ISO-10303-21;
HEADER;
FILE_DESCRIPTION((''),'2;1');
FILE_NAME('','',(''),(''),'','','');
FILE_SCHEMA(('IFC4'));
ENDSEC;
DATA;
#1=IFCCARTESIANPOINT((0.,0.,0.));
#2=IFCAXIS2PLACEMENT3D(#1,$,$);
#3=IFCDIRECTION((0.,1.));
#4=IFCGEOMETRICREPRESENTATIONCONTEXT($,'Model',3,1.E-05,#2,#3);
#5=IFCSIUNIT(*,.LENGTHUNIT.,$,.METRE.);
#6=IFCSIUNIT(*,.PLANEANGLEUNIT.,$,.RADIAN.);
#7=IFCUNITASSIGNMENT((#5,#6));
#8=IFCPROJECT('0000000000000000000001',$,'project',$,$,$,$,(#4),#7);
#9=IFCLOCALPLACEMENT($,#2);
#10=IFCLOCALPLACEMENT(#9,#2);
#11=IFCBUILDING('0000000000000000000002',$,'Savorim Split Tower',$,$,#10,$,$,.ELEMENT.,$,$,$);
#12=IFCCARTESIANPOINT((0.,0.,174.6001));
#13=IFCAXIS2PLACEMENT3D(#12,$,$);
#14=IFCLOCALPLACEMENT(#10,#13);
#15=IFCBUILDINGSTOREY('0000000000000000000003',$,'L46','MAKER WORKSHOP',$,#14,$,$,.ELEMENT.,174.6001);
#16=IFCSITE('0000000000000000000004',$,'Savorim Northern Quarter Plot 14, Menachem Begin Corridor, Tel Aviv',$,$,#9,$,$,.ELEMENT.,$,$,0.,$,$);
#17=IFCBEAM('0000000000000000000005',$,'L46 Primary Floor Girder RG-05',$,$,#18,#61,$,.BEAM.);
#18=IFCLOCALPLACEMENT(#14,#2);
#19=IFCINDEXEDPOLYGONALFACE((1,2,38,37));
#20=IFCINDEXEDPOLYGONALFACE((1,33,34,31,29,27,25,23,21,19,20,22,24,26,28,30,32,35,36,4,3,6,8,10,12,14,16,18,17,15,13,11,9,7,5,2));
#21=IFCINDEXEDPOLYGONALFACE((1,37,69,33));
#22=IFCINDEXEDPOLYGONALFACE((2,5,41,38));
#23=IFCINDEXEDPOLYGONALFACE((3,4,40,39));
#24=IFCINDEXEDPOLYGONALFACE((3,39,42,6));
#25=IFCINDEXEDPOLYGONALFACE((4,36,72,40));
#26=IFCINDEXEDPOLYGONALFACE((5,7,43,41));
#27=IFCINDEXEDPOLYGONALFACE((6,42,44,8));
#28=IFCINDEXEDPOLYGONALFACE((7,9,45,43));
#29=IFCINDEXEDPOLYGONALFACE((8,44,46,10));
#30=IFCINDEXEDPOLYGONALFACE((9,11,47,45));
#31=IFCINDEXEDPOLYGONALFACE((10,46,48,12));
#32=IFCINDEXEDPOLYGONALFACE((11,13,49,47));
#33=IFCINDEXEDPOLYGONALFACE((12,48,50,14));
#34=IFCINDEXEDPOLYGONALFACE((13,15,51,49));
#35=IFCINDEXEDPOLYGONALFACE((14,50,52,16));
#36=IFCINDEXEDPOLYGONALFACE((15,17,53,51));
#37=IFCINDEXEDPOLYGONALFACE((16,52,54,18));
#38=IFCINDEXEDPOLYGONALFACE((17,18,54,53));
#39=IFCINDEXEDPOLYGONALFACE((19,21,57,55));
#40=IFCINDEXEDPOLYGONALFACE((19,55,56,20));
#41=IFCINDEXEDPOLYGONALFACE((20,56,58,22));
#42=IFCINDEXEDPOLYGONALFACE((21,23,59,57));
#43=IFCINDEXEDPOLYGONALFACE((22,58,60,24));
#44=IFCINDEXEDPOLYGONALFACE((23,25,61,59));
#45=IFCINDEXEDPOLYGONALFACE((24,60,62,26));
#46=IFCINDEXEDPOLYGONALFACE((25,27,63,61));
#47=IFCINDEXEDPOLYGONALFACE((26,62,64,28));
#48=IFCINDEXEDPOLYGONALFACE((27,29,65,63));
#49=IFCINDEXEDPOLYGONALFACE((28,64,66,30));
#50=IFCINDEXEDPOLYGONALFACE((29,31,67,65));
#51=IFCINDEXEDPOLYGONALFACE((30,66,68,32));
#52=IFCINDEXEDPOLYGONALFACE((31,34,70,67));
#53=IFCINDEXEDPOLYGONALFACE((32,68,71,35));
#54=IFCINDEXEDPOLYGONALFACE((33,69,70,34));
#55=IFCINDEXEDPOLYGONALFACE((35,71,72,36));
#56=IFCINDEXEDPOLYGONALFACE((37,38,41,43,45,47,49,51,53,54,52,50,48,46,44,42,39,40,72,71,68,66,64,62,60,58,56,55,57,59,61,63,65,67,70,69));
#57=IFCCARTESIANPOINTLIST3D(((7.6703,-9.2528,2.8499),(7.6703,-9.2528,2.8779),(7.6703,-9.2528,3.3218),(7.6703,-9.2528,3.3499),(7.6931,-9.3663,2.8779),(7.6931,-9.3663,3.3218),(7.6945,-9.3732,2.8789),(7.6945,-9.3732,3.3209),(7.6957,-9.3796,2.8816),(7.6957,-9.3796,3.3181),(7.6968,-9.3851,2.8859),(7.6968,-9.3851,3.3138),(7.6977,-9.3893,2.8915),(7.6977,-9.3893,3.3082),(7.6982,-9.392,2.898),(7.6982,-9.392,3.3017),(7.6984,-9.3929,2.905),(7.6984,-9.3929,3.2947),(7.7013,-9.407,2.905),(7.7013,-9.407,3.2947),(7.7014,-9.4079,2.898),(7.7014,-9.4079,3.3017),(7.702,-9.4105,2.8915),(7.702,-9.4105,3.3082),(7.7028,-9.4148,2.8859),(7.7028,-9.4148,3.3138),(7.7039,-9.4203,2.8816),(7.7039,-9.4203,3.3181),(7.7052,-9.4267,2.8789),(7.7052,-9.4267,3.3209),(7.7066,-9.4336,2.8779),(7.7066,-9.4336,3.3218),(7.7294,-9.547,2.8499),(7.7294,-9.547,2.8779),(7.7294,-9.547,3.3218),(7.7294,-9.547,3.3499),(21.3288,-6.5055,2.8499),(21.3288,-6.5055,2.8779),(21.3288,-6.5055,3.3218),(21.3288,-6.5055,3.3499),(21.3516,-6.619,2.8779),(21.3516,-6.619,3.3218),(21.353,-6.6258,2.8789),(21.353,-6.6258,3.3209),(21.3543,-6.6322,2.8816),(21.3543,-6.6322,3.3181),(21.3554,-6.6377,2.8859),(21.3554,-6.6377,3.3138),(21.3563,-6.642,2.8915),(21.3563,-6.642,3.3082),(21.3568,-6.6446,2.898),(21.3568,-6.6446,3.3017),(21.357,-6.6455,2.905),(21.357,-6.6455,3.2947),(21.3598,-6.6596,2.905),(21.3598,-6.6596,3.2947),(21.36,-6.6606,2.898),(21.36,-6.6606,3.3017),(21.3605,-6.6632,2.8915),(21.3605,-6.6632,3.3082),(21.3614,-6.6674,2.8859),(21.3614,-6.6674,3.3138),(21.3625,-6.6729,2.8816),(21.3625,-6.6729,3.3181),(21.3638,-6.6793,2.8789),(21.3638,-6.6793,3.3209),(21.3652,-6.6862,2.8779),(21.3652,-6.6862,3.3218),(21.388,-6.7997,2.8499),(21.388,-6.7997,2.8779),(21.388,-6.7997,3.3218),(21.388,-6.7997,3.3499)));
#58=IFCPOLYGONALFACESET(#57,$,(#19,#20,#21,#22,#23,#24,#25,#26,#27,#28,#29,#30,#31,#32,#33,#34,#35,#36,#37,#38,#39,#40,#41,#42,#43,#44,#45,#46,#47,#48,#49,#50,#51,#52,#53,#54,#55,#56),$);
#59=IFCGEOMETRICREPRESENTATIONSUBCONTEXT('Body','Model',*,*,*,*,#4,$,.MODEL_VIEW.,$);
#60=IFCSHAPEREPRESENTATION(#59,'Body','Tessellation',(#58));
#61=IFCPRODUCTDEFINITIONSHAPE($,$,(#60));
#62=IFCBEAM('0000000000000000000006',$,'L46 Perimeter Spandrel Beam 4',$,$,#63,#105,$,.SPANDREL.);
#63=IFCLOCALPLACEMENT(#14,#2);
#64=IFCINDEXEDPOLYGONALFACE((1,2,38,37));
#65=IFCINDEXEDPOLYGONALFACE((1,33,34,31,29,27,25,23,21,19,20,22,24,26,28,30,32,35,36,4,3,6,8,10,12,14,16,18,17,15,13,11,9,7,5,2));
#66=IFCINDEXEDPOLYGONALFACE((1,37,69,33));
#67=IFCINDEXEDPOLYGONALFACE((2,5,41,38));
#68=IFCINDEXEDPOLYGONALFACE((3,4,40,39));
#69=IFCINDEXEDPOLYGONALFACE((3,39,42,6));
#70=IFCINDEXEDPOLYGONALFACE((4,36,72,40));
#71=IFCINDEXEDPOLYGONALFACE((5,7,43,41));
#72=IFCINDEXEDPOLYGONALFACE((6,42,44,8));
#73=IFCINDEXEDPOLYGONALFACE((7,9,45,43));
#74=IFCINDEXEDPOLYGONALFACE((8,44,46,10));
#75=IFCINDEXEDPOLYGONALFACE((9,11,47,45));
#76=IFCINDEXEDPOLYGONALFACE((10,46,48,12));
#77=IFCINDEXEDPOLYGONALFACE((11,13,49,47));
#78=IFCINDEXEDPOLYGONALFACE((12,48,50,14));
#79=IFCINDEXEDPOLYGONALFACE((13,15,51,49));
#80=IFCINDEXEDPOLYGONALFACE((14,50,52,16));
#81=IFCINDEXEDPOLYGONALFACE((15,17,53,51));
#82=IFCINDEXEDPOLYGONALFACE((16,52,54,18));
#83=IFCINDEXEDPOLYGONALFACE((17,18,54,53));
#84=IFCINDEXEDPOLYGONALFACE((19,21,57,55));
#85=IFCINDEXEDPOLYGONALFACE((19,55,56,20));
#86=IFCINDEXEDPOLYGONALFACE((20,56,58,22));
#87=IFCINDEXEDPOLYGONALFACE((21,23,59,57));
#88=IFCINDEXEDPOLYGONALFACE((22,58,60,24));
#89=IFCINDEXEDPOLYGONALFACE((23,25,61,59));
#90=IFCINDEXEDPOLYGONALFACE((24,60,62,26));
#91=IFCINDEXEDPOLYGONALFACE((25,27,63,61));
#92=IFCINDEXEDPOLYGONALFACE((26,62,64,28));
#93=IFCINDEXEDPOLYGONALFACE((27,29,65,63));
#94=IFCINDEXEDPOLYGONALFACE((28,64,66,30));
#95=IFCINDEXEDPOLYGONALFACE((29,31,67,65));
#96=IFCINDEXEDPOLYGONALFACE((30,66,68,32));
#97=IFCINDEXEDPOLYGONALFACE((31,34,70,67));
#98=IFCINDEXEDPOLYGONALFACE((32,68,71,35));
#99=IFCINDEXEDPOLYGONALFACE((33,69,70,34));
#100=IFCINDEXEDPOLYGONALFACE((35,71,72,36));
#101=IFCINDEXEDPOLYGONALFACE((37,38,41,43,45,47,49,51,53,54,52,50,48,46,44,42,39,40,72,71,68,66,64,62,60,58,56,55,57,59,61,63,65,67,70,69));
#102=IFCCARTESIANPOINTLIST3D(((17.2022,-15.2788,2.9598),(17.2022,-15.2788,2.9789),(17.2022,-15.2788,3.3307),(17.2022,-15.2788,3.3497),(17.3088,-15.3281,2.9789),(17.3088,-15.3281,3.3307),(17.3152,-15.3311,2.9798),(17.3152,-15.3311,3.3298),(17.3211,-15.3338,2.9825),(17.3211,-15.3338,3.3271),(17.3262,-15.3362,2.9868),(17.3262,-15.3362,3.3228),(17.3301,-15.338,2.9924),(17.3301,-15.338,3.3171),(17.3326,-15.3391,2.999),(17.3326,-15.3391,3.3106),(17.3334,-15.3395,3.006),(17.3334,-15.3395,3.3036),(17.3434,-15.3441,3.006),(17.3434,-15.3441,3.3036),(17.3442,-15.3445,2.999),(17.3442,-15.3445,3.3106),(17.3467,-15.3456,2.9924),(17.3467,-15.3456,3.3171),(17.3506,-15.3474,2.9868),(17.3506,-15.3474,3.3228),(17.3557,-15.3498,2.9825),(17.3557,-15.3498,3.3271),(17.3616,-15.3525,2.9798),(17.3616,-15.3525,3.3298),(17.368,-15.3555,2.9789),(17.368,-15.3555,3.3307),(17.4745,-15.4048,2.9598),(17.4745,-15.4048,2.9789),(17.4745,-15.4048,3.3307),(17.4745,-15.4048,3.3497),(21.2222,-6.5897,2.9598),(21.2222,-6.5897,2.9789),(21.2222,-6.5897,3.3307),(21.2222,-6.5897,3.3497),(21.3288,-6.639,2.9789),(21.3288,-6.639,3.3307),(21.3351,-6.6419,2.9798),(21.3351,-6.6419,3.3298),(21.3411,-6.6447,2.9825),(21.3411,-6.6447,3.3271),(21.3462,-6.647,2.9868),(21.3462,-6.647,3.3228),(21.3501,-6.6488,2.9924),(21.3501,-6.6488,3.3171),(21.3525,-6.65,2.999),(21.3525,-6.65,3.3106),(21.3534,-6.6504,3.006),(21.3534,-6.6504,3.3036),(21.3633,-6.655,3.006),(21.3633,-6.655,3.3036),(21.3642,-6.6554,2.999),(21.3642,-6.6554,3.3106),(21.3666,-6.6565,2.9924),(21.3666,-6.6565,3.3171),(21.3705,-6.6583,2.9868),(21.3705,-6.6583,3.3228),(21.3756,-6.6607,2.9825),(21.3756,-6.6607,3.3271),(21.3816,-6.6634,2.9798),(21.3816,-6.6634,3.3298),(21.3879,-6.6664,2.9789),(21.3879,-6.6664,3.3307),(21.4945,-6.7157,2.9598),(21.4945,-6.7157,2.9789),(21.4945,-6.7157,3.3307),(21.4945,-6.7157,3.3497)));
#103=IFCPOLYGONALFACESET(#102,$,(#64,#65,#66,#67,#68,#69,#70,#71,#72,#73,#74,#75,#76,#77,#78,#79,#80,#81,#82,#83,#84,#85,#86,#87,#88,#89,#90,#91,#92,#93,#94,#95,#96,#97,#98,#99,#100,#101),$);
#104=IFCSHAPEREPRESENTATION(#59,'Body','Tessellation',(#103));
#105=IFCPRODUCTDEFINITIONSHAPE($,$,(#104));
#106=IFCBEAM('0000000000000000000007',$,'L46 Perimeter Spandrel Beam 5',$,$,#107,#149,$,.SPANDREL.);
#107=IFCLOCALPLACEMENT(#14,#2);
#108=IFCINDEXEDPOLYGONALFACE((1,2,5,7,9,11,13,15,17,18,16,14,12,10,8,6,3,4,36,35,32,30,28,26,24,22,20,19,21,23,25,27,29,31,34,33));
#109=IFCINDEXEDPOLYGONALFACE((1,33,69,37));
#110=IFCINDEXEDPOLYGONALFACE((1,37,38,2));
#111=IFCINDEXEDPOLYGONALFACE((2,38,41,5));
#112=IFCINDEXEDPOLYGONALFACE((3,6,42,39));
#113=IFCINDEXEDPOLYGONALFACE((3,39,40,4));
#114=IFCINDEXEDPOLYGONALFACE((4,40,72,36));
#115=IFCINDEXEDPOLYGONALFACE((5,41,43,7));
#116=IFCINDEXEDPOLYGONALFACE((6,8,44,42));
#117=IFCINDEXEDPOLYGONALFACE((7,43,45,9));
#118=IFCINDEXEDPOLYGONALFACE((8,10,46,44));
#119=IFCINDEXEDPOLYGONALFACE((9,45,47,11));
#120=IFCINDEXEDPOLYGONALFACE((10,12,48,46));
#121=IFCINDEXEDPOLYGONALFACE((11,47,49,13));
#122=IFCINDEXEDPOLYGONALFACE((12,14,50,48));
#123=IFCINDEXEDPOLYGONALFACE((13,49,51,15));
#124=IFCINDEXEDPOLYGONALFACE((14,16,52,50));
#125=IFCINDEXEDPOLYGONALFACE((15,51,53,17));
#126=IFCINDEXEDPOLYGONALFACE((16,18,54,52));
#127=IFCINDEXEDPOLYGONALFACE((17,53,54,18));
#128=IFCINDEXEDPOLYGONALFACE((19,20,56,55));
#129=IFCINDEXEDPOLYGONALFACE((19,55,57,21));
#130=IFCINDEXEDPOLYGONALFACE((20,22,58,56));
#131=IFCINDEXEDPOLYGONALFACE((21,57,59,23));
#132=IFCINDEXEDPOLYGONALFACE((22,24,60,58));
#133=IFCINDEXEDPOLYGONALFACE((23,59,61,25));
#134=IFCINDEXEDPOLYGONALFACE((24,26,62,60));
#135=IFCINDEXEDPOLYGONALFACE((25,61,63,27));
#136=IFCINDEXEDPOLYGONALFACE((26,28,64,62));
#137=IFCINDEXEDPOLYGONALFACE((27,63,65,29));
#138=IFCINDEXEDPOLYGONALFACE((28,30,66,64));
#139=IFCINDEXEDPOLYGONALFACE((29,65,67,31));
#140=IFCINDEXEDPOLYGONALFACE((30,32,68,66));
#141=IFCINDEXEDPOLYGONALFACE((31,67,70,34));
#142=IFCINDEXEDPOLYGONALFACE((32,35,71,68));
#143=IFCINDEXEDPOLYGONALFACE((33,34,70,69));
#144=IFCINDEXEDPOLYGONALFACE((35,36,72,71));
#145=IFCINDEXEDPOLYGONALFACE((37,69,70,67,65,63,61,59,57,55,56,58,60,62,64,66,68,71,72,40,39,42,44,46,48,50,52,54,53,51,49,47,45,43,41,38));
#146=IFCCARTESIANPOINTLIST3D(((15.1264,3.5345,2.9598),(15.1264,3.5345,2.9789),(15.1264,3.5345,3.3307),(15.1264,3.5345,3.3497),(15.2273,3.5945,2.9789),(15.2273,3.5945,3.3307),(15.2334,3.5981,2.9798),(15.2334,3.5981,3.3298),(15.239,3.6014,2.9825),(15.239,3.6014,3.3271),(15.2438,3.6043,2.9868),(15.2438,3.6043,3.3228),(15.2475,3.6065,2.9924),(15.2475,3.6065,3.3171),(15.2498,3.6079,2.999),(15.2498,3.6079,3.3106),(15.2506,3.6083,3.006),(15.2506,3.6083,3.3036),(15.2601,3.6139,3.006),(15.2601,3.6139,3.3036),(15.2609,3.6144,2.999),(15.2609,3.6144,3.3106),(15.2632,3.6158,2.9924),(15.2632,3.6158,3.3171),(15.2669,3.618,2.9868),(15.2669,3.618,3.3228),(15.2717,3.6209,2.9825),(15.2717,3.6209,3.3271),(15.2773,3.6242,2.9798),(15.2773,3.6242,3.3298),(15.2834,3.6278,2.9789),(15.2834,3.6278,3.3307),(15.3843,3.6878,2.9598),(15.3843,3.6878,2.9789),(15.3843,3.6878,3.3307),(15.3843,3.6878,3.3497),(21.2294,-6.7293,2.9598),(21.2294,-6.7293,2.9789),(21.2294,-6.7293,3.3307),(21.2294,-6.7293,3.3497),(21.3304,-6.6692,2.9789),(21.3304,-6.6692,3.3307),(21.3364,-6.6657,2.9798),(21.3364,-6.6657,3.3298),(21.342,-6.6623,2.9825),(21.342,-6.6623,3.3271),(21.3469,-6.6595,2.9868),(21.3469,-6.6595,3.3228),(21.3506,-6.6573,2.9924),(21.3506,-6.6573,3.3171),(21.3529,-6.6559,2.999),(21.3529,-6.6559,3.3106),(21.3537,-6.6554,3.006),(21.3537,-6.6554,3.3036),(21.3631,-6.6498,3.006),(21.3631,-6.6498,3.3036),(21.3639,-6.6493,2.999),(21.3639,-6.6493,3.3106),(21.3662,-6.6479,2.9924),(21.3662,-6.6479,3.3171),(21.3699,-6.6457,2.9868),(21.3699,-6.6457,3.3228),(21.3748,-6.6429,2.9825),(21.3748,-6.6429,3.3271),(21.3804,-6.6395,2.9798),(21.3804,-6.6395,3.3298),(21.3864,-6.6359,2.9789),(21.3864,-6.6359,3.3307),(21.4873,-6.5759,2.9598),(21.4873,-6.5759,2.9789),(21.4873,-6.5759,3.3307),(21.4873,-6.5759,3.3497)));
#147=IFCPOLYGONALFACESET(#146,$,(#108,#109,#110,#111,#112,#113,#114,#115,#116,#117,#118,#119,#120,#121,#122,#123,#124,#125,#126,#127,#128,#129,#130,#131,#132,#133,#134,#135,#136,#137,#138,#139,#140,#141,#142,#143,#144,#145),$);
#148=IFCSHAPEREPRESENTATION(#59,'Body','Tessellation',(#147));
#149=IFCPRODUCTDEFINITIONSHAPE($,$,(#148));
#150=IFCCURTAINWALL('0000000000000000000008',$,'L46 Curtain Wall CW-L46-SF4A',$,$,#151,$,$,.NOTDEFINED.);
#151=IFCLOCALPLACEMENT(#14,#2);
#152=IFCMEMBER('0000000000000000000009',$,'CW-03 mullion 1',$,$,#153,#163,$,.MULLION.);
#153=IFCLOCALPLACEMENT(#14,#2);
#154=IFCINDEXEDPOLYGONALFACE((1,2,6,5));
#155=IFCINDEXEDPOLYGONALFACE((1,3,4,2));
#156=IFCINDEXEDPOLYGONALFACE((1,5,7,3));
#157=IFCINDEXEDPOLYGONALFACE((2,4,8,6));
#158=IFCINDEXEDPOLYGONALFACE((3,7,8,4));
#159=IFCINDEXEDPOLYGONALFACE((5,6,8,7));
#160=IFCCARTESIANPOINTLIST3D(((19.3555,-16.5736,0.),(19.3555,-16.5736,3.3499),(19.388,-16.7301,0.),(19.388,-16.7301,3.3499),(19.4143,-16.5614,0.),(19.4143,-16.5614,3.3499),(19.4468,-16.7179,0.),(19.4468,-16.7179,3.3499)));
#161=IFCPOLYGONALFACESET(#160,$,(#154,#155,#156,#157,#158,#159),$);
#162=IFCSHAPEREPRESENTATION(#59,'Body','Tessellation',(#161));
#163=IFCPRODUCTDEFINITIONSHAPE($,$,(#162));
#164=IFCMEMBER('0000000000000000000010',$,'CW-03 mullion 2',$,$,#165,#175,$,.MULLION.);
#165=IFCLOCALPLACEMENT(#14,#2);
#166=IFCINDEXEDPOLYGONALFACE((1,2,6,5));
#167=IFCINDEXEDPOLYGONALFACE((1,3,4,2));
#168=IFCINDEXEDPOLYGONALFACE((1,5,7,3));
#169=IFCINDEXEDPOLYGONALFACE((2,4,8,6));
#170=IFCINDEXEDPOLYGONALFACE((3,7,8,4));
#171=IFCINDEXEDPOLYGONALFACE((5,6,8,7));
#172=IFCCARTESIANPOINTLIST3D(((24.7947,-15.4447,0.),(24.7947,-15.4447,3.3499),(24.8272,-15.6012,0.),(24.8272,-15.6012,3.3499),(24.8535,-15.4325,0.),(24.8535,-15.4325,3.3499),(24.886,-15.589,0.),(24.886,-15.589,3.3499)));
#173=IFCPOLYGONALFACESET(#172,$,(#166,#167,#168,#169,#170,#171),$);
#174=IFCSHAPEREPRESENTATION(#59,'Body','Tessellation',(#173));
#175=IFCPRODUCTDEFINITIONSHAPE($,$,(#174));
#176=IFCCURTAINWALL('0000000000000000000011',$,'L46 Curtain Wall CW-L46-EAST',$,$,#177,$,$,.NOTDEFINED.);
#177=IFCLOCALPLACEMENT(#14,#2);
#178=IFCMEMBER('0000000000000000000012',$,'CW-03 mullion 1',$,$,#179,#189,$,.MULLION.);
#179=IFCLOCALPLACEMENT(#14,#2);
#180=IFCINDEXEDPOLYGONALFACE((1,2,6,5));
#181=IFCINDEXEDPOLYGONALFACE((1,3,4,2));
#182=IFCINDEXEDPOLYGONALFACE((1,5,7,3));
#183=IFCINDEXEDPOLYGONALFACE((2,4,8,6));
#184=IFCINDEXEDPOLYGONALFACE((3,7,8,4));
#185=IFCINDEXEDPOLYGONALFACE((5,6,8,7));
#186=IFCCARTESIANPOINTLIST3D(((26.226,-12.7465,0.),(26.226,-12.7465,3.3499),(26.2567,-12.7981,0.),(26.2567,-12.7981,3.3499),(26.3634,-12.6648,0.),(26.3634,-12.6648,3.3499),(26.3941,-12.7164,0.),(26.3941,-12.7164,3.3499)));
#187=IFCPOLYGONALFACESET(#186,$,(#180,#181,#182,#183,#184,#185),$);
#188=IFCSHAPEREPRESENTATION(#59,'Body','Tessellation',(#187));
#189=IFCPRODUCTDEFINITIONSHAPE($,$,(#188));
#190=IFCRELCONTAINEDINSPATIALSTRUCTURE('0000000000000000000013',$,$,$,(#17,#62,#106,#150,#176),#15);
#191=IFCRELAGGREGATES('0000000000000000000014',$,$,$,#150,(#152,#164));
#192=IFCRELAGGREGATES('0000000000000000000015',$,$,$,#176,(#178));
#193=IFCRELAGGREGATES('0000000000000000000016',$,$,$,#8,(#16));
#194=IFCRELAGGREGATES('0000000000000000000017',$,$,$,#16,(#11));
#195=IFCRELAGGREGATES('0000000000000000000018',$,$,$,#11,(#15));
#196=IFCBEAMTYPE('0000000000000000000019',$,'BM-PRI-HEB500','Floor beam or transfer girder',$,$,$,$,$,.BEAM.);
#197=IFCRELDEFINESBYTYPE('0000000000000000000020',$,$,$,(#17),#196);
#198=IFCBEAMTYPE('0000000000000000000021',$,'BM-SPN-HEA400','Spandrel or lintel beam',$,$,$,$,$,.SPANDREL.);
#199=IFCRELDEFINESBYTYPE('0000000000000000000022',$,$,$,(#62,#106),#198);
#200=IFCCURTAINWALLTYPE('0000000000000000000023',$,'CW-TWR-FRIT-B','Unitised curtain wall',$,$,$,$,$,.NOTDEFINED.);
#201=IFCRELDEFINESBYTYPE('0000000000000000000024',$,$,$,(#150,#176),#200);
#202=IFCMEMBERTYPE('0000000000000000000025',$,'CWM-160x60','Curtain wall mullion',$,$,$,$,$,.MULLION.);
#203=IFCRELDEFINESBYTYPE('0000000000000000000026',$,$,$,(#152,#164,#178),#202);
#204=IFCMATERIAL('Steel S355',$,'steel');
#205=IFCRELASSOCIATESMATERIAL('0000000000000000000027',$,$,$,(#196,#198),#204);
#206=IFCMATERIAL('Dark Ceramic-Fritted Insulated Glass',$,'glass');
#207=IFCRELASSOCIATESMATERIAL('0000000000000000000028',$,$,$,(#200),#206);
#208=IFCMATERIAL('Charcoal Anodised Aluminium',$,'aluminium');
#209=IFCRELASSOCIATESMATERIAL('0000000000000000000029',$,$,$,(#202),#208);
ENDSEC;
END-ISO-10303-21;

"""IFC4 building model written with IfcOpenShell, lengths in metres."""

from ifc_helpers import new_model, si_unit, direction, frame, origin, origin_2d, place, context, subcontext, project, spatial, rectangle, i_section, extrude, material, material_profile, profile_set, type_object, element, aggregate, save


model = new_model("IFC4")

# Units and contexts
model_context = context("Model", 3, precision=1e-05, world=origin(), true_north=direction((0.0, 1.0)))
body_context = subcontext(model_context, "Body", "Model", "MODEL_VIEW")
ifc_project = project(units=[si_unit("LENGTHUNIT", "METRE"), si_unit("PLANEANGLEUNIT", "RADIAN")], contexts=[model_context])

# Site, building, storey
site_placement = place(None, origin())
site = spatial("IfcSite", under=ifc_project, at=site_placement, Name="Savorim Northern Quarter Plot 14, Menachem Begin Corridor, Tel Aviv", CompositionType="ELEMENT", RefElevation=0.0)
building_placement = place(site_placement, origin())
building = spatial("IfcBuilding", under=site, at=building_placement, Name="Savorim Split Tower", CompositionType="ELEMENT")
storey_placement = place(building_placement, frame((0.0, 0.0, 174.6001)))
storey = spatial("IfcBuildingStorey", under=building, at=storey_placement, Name="L46", Description="MAKER WORKSHOP", CompositionType="ELEMENT", Elevation=174.6001)

# Beams
ifc_material_1 = material(Name="Steel S355", Category="steel")
ifc_material_profile_1 = material_profile(ifc_material_1, i_section(OverallWidth=0.3, OverallDepth=0.5, WebThickness=0.0144, FlangeThickness=0.0281, FilletRadius=0.0271, at=origin_2d()), Name="HEB 500")
ifc_profile_set_1 = profile_set([ifc_material_profile_1], Name="Steel S355")
beam_type_1 = type_object("IfcBeamType", Name="BM-PRI-HEB500", Description="Floor beam or transfer girder", PredefinedType="BEAM", material=ifc_profile_set_1)
beam_1_placement = place(storey_placement, frame((21.3584, -6.6526, 3.0999), z_axis=(-0.980364, -0.197194, 0.0), x_axis=(0.197194, -0.980364, 0.0)))
element("IfcBeam", 1, at=beam_1_placement, inside=storey, type_object=beam_type_1, Name="L46 Primary Floor Girder RG-05", PredefinedType="BEAM", context=body_context, shape_type="SweptSolid", body=[
    extrude(i_section(OverallWidth=0.3, OverallDepth=0.5, WebThickness=0.0144, FlangeThickness=0.0281, FilletRadius=0.0271, at=origin_2d()), origin(), (0.0, 0.0, 1.0), 13.9321),
])
ifc_material_profile_2 = material_profile(ifc_material_1, i_section(OverallWidth=0.3, OverallDepth=0.3899, WebThickness=0.011, FlangeThickness=0.019, FilletRadius=0.0271, at=origin_2d()), Name="HEA 400")
ifc_profile_set_2 = profile_set([ifc_material_profile_2], Name="Steel S355")
beam_type_2 = type_object("IfcBeamType", Name="BM-SPN-HEA400", Description="Spandrel or lintel beam", PredefinedType="SPANDREL", material=ifc_profile_set_2)
beam_2_placement = place(storey_placement, frame((17.3384, -15.3418, 3.1548), z_axis=(0.419886, 0.907577, 0.0), x_axis=(-0.907577, 0.419886, 0.0)))
element("IfcBeam", 2, at=beam_2_placement, inside=storey, type_object=beam_type_2, Name="L46 Perimeter Spandrel Beam 4", PredefinedType="SPANDREL", context=body_context, shape_type="SweptSolid", body=[
    extrude(i_section(OverallWidth=0.3, OverallDepth=0.3899, WebThickness=0.011, FlangeThickness=0.019, FilletRadius=0.0271, at=origin_2d()), origin(), (0.0, 0.0, 1.0), 9.574),
])
beam_3_placement = place(storey_placement, frame((21.3584, -6.6526, 3.1548), z_axis=(-0.511094, 0.859525, 0.0), x_axis=(-0.859525, -0.511094, 0.0)))
element("IfcBeam", 3, at=beam_3_placement, inside=storey, type_object=beam_type_2, Name="L46 Perimeter Spandrel Beam 5", PredefinedType="SPANDREL", context=body_context, shape_type="SweptSolid", body=[
    extrude(i_section(OverallWidth=0.3, OverallDepth=0.3899, WebThickness=0.011, FlangeThickness=0.019, FilletRadius=0.0271, at=origin_2d()), origin(), (0.0, 0.0, 1.0), 11.9412),
])

# Curtain walls, members
ifc_material_2 = material(Name="Dark Ceramic-Fritted Insulated Glass", Category="glass")
curtain_wall_type_1 = type_object("IfcCurtainWallType", Name="CW-TWR-FRIT-B", Description="Unitised curtain wall", PredefinedType="NOTDEFINED", material=ifc_material_2)
curtain_wall_1_placement = place(storey_placement, origin())
curtain_wall_1 = element("IfcCurtainWall", 4, at=curtain_wall_1_placement, inside=storey, type_object=curtain_wall_type_1, Name="L46 Curtain Wall CW-L46-SF4A", PredefinedType="NOTDEFINED")
ifc_material_3 = material(Name="Charcoal Anodised Aluminium", Category="aluminium")
ifc_material_profile_3 = material_profile(ifc_material_3, rectangle(XDim=0.1599, YDim=0.0601, at=origin_2d()), Name="ALU-M 160x60")
ifc_profile_set_3 = profile_set([ifc_material_profile_3], Name="Charcoal Anodised Aluminium")
member_type_1 = type_object("IfcMemberType", Name="CWM-160x60", Description="Curtain wall mullion", PredefinedType="MULLION", material=ifc_profile_set_3)
member_1_placement = place(storey_placement, frame((19.4011, -16.6458, 0.0), z_axis=(0.0, 0.0, 1.0), x_axis=(-0.203221, 0.979133, 0.0)))
member_1 = element("IfcMember", 5, at=member_1_placement, type_object=member_type_1, Name="CW-03 mullion 1", PredefinedType="MULLION", context=body_context, shape_type="SweptSolid", body=[
    extrude(rectangle(XDim=0.1599, YDim=0.0601, at=origin_2d()), origin(), (0.0, 0.0, 1.0), 3.3499),
])
member_2_placement = place(storey_placement, frame((24.8403, -15.5168, 0.0), z_axis=(0.0, 0.0, 1.0), x_axis=(-0.203221, 0.979133, 0.0)))
member_2 = element("IfcMember", 6, at=member_2_placement, type_object=member_type_1, Name="CW-03 mullion 2", PredefinedType="MULLION", context=body_context, shape_type="SweptSolid", body=[
    extrude(rectangle(XDim=0.1599, YDim=0.0601, at=origin_2d()), origin(), (0.0, 0.0, 1.0), 3.3499),
])
curtain_wall_2_placement = place(storey_placement, origin())
curtain_wall_2 = element("IfcCurtainWall", 7, at=curtain_wall_2_placement, inside=storey, type_object=curtain_wall_type_1, Name="L46 Curtain Wall CW-L46-EAST", PredefinedType="NOTDEFINED")
member_3_placement = place(storey_placement, frame((26.3101, -12.7314, 0.0), z_axis=(0.0, 0.0, 1.0), x_axis=(-0.859525, -0.511094, 0.0)))
member_3 = element("IfcMember", 8, at=member_3_placement, type_object=member_type_1, Name="CW-03 mullion 1", PredefinedType="MULLION", context=body_context, shape_type="SweptSolid", body=[
    extrude(rectangle(XDim=0.1599, YDim=0.0601, at=origin_2d()), origin(), (0.0, 0.0, 1.0), 3.3499),
])

aggregate(curtain_wall_1, [member_1, member_2])
aggregate(curtain_wall_2, [member_3])

save(model, "model.ifc")
